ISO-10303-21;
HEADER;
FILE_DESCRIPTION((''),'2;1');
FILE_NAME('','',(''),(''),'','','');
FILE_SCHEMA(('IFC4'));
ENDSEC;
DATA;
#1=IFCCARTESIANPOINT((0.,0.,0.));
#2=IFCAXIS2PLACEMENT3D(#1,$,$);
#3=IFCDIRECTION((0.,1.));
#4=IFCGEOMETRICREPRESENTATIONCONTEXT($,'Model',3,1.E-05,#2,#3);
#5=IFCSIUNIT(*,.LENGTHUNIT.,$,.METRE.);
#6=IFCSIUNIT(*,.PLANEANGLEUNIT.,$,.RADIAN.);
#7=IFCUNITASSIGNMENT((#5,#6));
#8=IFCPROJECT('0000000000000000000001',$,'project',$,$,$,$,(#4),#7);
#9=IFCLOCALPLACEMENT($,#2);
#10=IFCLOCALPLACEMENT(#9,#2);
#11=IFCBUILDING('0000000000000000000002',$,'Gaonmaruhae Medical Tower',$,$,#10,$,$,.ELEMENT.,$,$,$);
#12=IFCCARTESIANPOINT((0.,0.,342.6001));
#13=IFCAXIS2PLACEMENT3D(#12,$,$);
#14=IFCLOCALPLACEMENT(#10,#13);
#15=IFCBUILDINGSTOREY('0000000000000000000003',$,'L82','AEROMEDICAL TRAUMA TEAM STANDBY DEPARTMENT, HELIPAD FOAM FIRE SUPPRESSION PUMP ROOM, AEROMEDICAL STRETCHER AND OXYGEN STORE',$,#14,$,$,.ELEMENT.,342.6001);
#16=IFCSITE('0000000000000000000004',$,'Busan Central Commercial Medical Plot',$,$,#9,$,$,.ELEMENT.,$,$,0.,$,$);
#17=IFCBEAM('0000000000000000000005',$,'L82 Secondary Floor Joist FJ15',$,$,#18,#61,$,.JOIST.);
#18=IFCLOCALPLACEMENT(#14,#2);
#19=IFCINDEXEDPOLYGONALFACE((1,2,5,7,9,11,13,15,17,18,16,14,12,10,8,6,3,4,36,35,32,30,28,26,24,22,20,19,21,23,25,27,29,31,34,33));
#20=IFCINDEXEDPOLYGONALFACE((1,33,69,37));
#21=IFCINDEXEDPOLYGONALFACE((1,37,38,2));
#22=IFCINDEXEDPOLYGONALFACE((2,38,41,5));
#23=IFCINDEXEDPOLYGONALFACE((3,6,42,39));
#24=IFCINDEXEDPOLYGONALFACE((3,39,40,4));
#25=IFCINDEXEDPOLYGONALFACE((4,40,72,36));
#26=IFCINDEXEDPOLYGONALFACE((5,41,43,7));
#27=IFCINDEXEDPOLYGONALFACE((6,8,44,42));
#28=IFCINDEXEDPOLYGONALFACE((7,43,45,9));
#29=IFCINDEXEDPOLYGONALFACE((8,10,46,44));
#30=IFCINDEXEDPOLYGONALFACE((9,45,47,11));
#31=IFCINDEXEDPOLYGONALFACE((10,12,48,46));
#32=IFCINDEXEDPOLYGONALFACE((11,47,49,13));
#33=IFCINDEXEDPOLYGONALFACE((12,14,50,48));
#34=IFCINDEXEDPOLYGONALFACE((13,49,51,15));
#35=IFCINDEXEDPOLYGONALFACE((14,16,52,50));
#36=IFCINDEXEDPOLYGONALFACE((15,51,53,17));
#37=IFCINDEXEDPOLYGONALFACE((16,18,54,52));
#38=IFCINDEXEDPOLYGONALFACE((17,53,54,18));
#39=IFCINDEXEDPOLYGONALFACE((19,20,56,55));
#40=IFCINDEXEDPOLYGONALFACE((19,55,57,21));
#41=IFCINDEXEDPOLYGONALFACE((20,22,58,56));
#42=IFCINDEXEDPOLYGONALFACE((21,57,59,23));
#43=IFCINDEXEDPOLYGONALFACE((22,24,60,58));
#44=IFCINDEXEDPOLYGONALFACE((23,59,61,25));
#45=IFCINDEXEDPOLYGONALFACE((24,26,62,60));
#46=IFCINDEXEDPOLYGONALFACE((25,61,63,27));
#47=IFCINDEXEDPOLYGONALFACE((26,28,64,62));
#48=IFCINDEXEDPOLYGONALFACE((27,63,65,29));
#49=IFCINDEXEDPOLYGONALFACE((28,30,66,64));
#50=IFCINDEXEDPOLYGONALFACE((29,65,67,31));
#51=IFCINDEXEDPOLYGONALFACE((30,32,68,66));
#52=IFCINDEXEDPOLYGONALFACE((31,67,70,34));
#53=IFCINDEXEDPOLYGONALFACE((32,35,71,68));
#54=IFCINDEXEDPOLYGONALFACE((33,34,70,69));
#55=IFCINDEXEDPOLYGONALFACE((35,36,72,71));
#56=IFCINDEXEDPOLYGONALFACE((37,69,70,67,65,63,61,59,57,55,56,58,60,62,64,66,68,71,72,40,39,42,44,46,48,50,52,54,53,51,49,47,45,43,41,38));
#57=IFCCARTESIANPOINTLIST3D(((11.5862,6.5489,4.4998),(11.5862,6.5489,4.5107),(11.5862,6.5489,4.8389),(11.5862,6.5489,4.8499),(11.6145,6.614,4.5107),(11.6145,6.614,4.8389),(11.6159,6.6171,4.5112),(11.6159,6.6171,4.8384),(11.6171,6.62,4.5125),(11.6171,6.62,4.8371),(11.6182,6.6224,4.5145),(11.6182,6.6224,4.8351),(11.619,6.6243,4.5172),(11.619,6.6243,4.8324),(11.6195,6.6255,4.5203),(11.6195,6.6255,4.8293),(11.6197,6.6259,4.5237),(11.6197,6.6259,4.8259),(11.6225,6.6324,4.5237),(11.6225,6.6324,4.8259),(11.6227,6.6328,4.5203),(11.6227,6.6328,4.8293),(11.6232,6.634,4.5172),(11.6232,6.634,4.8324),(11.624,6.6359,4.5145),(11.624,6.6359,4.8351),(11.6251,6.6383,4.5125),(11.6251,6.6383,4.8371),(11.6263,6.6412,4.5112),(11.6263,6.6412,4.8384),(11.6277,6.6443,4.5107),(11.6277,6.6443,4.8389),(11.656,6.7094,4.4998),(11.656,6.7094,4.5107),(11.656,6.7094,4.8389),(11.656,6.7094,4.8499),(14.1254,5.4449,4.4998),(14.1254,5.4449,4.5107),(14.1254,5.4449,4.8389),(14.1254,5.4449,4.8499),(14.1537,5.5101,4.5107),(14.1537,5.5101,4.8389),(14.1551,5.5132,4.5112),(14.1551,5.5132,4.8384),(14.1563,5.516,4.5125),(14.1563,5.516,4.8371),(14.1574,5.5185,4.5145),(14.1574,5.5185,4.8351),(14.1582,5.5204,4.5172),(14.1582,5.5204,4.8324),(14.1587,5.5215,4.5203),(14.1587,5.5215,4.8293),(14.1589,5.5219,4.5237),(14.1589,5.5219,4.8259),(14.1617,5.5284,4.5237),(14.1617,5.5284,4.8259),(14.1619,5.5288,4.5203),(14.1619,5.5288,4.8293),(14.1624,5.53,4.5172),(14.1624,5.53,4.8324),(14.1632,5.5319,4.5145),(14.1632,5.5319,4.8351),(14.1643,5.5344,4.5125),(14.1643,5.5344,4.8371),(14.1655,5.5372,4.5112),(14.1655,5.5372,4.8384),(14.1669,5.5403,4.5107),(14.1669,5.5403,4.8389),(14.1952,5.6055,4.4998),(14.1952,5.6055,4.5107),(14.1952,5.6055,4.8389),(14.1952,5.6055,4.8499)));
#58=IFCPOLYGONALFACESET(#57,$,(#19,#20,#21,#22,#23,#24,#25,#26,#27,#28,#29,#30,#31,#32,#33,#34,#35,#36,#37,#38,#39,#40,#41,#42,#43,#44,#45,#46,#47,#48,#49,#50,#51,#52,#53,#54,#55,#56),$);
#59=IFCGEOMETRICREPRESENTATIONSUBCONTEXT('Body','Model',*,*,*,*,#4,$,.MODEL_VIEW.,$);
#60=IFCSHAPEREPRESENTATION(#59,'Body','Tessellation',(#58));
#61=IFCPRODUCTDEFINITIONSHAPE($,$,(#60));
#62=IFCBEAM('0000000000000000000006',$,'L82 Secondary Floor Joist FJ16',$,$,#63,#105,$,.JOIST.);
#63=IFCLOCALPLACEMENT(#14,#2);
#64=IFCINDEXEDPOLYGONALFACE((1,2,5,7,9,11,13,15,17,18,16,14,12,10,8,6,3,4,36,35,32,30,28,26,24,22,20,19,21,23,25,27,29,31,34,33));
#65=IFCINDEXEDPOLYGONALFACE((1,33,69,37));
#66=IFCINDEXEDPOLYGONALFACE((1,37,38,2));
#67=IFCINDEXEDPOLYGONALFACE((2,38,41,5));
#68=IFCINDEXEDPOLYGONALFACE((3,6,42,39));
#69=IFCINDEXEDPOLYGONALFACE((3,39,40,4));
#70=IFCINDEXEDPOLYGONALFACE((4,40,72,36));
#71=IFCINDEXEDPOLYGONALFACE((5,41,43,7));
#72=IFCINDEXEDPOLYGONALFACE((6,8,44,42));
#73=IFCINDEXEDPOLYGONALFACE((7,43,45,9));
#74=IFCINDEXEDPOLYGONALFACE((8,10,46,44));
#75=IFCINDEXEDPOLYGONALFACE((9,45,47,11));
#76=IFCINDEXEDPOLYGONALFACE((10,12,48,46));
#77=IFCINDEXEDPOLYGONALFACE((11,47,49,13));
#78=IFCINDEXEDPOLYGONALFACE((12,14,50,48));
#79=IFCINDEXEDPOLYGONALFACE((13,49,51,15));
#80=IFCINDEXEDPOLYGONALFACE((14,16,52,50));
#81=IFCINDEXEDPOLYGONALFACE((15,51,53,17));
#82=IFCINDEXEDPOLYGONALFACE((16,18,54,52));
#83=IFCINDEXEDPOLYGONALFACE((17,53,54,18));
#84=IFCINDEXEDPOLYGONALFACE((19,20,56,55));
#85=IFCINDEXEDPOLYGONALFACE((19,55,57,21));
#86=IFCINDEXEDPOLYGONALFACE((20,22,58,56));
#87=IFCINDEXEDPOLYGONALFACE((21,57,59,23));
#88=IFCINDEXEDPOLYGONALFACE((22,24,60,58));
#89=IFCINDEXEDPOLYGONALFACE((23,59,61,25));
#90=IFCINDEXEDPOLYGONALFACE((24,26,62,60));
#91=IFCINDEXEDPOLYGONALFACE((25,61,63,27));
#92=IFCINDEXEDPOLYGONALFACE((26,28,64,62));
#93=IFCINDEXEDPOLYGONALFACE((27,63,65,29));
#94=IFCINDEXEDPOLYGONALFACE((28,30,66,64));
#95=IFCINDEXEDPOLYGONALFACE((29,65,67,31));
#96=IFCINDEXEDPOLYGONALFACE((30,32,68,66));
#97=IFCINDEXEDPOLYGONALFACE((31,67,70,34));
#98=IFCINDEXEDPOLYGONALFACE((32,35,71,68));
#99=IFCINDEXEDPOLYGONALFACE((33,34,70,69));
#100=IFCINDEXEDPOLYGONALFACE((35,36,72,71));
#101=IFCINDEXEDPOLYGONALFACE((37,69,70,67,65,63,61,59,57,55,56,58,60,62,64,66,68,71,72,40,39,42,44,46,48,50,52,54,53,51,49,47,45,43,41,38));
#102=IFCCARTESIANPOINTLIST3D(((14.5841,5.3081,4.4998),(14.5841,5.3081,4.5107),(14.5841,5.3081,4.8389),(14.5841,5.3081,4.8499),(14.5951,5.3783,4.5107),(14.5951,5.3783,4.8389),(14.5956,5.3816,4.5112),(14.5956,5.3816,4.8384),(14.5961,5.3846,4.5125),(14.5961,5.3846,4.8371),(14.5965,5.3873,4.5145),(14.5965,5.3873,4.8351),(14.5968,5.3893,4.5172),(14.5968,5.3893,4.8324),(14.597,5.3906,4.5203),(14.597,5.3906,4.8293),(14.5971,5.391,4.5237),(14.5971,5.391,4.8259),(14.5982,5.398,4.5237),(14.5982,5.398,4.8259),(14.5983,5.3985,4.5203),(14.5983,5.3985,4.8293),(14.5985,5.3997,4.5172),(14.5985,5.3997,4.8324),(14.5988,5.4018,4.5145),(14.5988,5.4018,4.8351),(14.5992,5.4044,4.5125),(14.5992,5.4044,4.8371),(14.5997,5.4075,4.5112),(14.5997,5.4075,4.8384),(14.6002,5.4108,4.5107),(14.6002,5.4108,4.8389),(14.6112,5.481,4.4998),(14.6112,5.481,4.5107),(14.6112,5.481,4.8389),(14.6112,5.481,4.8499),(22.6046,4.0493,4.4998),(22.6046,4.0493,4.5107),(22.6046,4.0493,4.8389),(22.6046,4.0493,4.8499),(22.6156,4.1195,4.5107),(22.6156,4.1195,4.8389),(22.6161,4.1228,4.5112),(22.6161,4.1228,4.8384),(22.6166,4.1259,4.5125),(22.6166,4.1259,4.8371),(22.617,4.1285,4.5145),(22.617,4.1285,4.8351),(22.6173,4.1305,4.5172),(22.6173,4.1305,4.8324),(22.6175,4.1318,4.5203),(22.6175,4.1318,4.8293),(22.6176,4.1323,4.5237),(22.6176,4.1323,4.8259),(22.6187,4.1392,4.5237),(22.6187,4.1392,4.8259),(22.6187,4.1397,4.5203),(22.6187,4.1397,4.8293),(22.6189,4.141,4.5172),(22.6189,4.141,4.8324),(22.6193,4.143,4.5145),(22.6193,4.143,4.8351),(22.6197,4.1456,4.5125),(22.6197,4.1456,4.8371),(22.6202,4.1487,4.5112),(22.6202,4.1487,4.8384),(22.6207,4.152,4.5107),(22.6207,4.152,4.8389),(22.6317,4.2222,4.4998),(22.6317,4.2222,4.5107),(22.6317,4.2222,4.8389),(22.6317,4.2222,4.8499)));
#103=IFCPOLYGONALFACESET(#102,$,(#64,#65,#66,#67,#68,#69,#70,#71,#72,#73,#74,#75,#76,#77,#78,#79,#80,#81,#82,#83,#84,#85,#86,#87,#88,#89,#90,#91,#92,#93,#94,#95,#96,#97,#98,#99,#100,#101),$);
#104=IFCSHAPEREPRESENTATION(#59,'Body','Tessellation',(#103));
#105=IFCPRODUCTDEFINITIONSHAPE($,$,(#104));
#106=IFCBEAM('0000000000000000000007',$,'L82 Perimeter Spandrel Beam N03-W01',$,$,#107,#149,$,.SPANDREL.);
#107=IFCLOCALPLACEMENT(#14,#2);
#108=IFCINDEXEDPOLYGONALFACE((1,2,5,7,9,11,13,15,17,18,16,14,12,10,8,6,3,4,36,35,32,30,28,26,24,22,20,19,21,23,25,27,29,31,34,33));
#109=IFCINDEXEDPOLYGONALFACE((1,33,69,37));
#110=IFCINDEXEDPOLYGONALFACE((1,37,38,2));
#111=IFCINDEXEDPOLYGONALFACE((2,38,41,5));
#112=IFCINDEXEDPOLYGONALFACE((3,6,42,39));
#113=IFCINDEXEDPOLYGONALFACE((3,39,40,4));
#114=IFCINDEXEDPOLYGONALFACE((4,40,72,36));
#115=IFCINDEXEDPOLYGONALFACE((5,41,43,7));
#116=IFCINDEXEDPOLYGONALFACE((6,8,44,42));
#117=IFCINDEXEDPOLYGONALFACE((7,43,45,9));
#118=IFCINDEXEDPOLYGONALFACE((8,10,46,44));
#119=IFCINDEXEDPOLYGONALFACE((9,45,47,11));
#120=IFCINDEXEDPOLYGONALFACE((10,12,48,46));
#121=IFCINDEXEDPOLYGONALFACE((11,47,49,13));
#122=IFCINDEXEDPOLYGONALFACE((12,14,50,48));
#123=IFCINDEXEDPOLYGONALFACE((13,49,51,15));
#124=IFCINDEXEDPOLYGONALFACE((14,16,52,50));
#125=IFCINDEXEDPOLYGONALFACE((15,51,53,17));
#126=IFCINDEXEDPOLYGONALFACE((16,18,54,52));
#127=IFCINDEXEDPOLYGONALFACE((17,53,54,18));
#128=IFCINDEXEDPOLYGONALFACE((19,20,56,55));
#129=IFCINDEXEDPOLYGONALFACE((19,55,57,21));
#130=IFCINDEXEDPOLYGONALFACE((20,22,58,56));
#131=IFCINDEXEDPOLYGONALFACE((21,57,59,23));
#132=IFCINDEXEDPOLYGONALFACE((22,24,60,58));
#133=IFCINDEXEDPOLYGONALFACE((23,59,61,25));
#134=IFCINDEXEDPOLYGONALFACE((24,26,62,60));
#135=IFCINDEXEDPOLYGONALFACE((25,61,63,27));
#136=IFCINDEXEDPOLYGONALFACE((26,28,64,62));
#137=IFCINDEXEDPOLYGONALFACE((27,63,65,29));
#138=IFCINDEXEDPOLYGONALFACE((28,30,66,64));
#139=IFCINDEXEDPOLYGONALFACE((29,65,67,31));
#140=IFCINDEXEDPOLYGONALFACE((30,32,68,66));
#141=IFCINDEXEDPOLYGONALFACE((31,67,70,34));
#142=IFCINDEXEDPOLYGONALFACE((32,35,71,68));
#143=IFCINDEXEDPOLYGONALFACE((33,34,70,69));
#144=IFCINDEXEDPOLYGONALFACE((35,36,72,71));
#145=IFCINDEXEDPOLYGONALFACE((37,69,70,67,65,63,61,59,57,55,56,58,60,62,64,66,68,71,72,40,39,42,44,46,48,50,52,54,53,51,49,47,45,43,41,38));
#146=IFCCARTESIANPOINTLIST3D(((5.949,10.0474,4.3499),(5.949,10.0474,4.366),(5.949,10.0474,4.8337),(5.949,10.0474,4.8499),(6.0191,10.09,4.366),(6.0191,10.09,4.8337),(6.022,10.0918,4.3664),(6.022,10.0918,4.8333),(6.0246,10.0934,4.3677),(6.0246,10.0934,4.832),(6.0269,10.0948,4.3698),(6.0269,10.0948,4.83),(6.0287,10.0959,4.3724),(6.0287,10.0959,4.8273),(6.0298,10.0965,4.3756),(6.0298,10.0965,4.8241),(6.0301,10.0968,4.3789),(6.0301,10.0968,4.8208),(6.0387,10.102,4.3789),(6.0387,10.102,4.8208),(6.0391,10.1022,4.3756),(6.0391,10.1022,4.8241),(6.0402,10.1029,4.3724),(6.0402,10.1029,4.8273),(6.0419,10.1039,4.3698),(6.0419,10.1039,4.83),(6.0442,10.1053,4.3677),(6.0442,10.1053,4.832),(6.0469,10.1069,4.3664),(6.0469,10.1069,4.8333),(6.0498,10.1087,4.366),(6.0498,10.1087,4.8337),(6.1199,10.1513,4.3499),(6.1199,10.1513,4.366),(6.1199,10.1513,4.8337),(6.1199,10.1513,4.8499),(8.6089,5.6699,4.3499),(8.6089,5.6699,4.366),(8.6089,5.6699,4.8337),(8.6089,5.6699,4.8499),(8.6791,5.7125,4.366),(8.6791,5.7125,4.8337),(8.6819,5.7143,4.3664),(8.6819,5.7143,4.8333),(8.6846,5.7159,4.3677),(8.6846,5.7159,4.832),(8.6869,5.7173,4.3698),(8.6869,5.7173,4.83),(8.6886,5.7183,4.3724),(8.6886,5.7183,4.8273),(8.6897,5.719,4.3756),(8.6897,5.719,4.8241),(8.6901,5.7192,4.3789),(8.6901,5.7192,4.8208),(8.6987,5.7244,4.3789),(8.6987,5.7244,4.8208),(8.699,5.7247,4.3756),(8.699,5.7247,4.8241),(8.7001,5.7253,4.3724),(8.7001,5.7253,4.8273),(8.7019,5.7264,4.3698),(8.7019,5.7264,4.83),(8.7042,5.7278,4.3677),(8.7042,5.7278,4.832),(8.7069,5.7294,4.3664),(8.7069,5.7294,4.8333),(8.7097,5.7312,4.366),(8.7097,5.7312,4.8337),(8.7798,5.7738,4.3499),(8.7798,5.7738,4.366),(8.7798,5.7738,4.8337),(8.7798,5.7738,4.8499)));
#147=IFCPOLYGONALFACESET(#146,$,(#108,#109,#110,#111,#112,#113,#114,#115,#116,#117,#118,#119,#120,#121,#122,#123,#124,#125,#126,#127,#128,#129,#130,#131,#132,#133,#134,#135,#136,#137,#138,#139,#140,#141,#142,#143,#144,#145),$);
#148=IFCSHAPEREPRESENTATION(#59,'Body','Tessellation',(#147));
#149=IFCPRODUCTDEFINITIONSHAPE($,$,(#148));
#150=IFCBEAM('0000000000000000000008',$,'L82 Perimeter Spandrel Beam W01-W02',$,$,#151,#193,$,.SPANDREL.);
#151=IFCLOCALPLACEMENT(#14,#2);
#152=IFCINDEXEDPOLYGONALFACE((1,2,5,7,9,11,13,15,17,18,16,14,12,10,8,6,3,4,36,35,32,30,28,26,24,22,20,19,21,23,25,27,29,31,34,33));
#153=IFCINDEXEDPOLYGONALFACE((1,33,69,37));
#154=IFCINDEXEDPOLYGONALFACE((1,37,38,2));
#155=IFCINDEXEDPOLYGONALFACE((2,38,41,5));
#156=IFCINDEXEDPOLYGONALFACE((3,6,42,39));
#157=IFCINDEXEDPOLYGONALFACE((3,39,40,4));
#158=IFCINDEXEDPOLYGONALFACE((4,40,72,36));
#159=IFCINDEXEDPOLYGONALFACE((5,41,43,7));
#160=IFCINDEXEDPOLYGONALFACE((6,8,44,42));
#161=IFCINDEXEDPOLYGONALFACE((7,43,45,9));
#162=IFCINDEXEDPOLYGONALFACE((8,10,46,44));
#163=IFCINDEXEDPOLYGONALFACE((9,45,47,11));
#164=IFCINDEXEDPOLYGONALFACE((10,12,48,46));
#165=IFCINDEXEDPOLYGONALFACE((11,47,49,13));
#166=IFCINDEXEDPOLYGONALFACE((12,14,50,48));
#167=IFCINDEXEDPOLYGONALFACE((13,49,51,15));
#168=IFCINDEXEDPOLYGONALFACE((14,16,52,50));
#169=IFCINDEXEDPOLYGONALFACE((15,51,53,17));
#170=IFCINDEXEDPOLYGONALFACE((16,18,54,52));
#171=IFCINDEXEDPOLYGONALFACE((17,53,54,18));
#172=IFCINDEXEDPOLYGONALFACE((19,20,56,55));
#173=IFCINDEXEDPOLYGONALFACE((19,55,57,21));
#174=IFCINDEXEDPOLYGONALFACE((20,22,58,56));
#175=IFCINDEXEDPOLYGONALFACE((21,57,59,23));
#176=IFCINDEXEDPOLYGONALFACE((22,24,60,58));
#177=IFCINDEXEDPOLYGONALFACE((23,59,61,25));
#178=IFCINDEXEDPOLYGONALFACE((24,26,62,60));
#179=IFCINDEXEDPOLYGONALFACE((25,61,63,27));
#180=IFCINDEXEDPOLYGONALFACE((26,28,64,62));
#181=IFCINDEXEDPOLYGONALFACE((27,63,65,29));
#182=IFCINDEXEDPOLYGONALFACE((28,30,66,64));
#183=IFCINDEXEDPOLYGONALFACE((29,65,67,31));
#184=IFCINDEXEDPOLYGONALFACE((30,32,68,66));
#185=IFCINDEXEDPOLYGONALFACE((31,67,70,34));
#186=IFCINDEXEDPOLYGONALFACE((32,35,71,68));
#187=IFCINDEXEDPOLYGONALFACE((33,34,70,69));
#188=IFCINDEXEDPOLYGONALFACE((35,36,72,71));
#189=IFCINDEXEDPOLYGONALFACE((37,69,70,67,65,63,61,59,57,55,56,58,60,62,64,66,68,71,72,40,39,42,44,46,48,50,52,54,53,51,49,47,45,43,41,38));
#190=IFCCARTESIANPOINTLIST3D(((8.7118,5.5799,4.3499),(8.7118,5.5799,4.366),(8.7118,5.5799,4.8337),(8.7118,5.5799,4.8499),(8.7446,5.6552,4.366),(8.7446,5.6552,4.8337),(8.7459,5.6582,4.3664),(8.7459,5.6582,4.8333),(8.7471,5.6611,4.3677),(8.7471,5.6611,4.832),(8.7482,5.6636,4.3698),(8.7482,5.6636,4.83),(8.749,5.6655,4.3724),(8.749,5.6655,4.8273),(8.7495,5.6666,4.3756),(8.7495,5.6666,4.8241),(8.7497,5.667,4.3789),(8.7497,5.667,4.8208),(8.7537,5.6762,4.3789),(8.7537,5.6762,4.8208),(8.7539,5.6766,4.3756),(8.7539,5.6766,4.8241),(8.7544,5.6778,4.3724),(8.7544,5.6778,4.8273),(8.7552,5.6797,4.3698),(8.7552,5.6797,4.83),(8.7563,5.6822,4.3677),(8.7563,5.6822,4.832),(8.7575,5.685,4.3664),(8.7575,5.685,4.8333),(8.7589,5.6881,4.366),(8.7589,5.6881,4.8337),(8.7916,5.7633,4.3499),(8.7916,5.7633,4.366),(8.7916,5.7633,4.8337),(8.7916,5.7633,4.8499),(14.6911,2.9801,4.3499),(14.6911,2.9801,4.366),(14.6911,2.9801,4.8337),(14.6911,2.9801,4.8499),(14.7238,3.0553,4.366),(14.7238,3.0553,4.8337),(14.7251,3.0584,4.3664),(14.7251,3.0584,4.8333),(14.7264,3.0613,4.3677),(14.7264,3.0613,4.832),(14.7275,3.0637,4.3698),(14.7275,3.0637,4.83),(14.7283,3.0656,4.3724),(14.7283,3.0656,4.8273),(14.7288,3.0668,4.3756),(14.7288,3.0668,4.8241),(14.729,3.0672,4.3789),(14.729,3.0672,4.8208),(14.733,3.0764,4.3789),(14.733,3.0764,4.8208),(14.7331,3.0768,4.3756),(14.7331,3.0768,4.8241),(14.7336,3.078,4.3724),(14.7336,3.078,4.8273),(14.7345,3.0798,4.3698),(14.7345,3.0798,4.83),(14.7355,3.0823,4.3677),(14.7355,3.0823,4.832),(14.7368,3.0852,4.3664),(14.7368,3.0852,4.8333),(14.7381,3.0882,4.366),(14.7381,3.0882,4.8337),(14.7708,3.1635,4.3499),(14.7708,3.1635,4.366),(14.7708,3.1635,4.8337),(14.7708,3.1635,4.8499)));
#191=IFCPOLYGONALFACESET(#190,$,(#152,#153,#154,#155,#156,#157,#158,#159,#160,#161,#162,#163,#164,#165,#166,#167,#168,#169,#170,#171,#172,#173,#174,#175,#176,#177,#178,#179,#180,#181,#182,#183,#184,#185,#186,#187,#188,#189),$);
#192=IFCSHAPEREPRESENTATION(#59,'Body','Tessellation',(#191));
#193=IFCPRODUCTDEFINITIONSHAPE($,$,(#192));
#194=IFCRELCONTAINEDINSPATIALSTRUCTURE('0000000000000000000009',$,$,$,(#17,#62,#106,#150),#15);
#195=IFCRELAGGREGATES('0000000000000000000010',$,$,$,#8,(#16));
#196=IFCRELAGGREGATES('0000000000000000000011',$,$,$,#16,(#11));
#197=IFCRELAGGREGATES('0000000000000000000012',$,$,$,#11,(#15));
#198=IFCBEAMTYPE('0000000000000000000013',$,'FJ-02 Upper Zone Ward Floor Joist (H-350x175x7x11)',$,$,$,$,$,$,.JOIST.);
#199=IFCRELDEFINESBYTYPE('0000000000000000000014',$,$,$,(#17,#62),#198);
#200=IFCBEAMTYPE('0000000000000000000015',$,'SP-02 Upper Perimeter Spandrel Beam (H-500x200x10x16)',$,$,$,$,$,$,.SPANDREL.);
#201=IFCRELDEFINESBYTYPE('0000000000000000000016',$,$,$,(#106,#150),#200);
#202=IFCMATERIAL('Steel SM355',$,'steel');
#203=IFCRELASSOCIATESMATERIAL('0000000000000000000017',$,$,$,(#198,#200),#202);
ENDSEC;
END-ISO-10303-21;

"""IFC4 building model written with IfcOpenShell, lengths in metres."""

from ifc_helpers import new_model, si_unit, direction, frame, origin, origin_2d, place, context, subcontext, project, spatial, i_section, extrude, material, material_profile, profile_set, type_object, element, save


model = new_model("IFC4")

# Units and contexts
model_context = context("Model", 3, precision=1e-05, world=origin(), true_north=direction((0.0, 1.0)))
body_context = subcontext(model_context, "Body", "Model", "MODEL_VIEW")
ifc_project = project(units=[si_unit("LENGTHUNIT", "METRE"), si_unit("PLANEANGLEUNIT", "RADIAN")], contexts=[model_context])

# Site, building, storey
site_placement = place(None, origin())
site = spatial("IfcSite", under=ifc_project, at=site_placement, Name="Busan Central Commercial Medical Plot", CompositionType="ELEMENT", RefElevation=0.0)
building_placement = place(site_placement, origin())
building = spatial("IfcBuilding", under=site, at=building_placement, Name="Gaonmaruhae Medical Tower", CompositionType="ELEMENT")
storey_placement = place(building_placement, frame((0.0, 0.0, 342.6001)))
storey = spatial("IfcBuildingStorey", under=building, at=storey_placement, Name="L82", Description="AEROMEDICAL TRAUMA TEAM STANDBY DEPARTMENT, HELIPAD FOAM FIRE SUPPRESSION PUMP ROOM, AEROMEDICAL STRETCHER AND OXYGEN STORE", CompositionType="ELEMENT", Elevation=342.6001)

# Beams
ifc_material_1 = material(Name="Steel SM355", Category="steel")
ifc_material_profile_1 = material_profile(ifc_material_1, i_section(OverallWidth=0.175, OverallDepth=0.3501, WebThickness=0.0071, FlangeThickness=0.011, FilletRadius=0.0129, at=origin_2d()), Name="H-350x175x7x11")
ifc_profile_set_1 = profile_set([ifc_material_profile_1], Name="Steel SM355")
beam_type_1 = type_object("IfcBeamType", Name="FJ-02 Upper Zone Ward Floor Joist (H-350x175x7x11)", PredefinedType="JOIST", material=ifc_profile_set_1)
beam_1_placement = place(storey_placement, frame((11.6211, 6.6292, 4.6748), z_axis=(0.917076, -0.398713, 0.0), x_axis=(0.398713, 0.917076, 0.0)))
element("IfcBeam", 1, at=beam_1_placement, inside=storey, type_object=beam_type_1, Name="L82 Secondary Floor Joist FJ15", PredefinedType="JOIST", context=body_context, shape_type="SweptSolid", body=[
    extrude(i_section(OverallWidth=0.175, OverallDepth=0.3501, WebThickness=0.0071, FlangeThickness=0.011, FilletRadius=0.0129, at=origin_2d()), origin(), (0.0, 0.0, 1.0), 2.7688),
])
beam_2_placement = place(storey_placement, frame((14.5977, 5.3945, 4.6748), z_axis=(0.987907, -0.155048, 0.0), x_axis=(0.155048, 0.987907, 0.0)))
element("IfcBeam", 2, at=beam_2_placement, inside=storey, type_object=beam_type_1, Name="L82 Secondary Floor Joist FJ16", PredefinedType="JOIST", context=body_context, shape_type="SweptSolid", body=[
    extrude(i_section(OverallWidth=0.175, OverallDepth=0.3501, WebThickness=0.0071, FlangeThickness=0.011, FilletRadius=0.0129, at=origin_2d()), origin(), (0.0, 0.0, 1.0), 8.1187),
])
ifc_material_profile_2 = material_profile(ifc_material_1, i_section(OverallWidth=0.2, OverallDepth=0.5, WebThickness=0.01, FlangeThickness=0.0161, FilletRadius=0.0129, at=origin_2d()), Name="H-500x200x10x16")
ifc_profile_set_2 = profile_set([ifc_material_profile_2], Name="Steel SM355")
beam_type_2 = type_object("IfcBeamType", Name="SP-02 Upper Perimeter Spandrel Beam (H-500x200x10x16)", PredefinedType="SPANDREL", material=ifc_profile_set_2)
beam_3_placement = place(storey_placement, frame((6.0344, 10.0994, 4.5999), z_axis=(0.519289, -0.854599, 0.0), x_axis=(0.854599, 0.519289, 0.0)))
element("IfcBeam", 3, at=beam_3_placement, inside=storey, type_object=beam_type_2, Name="L82 Perimeter Spandrel Beam N03-W01", PredefinedType="SPANDREL", context=body_context, shape_type="SweptSolid", body=[
    extrude(i_section(OverallWidth=0.2, OverallDepth=0.5, WebThickness=0.01, FlangeThickness=0.0161, FilletRadius=0.0129, at=origin_2d()), origin(), (0.0, 0.0, 1.0), 5.1223),
])
beam_4_placement = place(storey_placement, frame((8.7517, 5.6716, 4.5999), z_axis=(0.91706, -0.398749, 0.0), x_axis=(0.398749, 0.91706, 0.0)))
element("IfcBeam", 4, at=beam_4_placement, inside=storey, type_object=beam_type_2, Name="L82 Perimeter Spandrel Beam W01-W02", PredefinedType="SPANDREL", context=body_context, shape_type="SweptSolid", body=[
    extrude(i_section(OverallWidth=0.2, OverallDepth=0.5, WebThickness=0.01, FlangeThickness=0.0161, FilletRadius=0.0129, at=origin_2d()), origin(), (0.0, 0.0, 1.0), 6.52),
])

save(model, "model.ifc")
